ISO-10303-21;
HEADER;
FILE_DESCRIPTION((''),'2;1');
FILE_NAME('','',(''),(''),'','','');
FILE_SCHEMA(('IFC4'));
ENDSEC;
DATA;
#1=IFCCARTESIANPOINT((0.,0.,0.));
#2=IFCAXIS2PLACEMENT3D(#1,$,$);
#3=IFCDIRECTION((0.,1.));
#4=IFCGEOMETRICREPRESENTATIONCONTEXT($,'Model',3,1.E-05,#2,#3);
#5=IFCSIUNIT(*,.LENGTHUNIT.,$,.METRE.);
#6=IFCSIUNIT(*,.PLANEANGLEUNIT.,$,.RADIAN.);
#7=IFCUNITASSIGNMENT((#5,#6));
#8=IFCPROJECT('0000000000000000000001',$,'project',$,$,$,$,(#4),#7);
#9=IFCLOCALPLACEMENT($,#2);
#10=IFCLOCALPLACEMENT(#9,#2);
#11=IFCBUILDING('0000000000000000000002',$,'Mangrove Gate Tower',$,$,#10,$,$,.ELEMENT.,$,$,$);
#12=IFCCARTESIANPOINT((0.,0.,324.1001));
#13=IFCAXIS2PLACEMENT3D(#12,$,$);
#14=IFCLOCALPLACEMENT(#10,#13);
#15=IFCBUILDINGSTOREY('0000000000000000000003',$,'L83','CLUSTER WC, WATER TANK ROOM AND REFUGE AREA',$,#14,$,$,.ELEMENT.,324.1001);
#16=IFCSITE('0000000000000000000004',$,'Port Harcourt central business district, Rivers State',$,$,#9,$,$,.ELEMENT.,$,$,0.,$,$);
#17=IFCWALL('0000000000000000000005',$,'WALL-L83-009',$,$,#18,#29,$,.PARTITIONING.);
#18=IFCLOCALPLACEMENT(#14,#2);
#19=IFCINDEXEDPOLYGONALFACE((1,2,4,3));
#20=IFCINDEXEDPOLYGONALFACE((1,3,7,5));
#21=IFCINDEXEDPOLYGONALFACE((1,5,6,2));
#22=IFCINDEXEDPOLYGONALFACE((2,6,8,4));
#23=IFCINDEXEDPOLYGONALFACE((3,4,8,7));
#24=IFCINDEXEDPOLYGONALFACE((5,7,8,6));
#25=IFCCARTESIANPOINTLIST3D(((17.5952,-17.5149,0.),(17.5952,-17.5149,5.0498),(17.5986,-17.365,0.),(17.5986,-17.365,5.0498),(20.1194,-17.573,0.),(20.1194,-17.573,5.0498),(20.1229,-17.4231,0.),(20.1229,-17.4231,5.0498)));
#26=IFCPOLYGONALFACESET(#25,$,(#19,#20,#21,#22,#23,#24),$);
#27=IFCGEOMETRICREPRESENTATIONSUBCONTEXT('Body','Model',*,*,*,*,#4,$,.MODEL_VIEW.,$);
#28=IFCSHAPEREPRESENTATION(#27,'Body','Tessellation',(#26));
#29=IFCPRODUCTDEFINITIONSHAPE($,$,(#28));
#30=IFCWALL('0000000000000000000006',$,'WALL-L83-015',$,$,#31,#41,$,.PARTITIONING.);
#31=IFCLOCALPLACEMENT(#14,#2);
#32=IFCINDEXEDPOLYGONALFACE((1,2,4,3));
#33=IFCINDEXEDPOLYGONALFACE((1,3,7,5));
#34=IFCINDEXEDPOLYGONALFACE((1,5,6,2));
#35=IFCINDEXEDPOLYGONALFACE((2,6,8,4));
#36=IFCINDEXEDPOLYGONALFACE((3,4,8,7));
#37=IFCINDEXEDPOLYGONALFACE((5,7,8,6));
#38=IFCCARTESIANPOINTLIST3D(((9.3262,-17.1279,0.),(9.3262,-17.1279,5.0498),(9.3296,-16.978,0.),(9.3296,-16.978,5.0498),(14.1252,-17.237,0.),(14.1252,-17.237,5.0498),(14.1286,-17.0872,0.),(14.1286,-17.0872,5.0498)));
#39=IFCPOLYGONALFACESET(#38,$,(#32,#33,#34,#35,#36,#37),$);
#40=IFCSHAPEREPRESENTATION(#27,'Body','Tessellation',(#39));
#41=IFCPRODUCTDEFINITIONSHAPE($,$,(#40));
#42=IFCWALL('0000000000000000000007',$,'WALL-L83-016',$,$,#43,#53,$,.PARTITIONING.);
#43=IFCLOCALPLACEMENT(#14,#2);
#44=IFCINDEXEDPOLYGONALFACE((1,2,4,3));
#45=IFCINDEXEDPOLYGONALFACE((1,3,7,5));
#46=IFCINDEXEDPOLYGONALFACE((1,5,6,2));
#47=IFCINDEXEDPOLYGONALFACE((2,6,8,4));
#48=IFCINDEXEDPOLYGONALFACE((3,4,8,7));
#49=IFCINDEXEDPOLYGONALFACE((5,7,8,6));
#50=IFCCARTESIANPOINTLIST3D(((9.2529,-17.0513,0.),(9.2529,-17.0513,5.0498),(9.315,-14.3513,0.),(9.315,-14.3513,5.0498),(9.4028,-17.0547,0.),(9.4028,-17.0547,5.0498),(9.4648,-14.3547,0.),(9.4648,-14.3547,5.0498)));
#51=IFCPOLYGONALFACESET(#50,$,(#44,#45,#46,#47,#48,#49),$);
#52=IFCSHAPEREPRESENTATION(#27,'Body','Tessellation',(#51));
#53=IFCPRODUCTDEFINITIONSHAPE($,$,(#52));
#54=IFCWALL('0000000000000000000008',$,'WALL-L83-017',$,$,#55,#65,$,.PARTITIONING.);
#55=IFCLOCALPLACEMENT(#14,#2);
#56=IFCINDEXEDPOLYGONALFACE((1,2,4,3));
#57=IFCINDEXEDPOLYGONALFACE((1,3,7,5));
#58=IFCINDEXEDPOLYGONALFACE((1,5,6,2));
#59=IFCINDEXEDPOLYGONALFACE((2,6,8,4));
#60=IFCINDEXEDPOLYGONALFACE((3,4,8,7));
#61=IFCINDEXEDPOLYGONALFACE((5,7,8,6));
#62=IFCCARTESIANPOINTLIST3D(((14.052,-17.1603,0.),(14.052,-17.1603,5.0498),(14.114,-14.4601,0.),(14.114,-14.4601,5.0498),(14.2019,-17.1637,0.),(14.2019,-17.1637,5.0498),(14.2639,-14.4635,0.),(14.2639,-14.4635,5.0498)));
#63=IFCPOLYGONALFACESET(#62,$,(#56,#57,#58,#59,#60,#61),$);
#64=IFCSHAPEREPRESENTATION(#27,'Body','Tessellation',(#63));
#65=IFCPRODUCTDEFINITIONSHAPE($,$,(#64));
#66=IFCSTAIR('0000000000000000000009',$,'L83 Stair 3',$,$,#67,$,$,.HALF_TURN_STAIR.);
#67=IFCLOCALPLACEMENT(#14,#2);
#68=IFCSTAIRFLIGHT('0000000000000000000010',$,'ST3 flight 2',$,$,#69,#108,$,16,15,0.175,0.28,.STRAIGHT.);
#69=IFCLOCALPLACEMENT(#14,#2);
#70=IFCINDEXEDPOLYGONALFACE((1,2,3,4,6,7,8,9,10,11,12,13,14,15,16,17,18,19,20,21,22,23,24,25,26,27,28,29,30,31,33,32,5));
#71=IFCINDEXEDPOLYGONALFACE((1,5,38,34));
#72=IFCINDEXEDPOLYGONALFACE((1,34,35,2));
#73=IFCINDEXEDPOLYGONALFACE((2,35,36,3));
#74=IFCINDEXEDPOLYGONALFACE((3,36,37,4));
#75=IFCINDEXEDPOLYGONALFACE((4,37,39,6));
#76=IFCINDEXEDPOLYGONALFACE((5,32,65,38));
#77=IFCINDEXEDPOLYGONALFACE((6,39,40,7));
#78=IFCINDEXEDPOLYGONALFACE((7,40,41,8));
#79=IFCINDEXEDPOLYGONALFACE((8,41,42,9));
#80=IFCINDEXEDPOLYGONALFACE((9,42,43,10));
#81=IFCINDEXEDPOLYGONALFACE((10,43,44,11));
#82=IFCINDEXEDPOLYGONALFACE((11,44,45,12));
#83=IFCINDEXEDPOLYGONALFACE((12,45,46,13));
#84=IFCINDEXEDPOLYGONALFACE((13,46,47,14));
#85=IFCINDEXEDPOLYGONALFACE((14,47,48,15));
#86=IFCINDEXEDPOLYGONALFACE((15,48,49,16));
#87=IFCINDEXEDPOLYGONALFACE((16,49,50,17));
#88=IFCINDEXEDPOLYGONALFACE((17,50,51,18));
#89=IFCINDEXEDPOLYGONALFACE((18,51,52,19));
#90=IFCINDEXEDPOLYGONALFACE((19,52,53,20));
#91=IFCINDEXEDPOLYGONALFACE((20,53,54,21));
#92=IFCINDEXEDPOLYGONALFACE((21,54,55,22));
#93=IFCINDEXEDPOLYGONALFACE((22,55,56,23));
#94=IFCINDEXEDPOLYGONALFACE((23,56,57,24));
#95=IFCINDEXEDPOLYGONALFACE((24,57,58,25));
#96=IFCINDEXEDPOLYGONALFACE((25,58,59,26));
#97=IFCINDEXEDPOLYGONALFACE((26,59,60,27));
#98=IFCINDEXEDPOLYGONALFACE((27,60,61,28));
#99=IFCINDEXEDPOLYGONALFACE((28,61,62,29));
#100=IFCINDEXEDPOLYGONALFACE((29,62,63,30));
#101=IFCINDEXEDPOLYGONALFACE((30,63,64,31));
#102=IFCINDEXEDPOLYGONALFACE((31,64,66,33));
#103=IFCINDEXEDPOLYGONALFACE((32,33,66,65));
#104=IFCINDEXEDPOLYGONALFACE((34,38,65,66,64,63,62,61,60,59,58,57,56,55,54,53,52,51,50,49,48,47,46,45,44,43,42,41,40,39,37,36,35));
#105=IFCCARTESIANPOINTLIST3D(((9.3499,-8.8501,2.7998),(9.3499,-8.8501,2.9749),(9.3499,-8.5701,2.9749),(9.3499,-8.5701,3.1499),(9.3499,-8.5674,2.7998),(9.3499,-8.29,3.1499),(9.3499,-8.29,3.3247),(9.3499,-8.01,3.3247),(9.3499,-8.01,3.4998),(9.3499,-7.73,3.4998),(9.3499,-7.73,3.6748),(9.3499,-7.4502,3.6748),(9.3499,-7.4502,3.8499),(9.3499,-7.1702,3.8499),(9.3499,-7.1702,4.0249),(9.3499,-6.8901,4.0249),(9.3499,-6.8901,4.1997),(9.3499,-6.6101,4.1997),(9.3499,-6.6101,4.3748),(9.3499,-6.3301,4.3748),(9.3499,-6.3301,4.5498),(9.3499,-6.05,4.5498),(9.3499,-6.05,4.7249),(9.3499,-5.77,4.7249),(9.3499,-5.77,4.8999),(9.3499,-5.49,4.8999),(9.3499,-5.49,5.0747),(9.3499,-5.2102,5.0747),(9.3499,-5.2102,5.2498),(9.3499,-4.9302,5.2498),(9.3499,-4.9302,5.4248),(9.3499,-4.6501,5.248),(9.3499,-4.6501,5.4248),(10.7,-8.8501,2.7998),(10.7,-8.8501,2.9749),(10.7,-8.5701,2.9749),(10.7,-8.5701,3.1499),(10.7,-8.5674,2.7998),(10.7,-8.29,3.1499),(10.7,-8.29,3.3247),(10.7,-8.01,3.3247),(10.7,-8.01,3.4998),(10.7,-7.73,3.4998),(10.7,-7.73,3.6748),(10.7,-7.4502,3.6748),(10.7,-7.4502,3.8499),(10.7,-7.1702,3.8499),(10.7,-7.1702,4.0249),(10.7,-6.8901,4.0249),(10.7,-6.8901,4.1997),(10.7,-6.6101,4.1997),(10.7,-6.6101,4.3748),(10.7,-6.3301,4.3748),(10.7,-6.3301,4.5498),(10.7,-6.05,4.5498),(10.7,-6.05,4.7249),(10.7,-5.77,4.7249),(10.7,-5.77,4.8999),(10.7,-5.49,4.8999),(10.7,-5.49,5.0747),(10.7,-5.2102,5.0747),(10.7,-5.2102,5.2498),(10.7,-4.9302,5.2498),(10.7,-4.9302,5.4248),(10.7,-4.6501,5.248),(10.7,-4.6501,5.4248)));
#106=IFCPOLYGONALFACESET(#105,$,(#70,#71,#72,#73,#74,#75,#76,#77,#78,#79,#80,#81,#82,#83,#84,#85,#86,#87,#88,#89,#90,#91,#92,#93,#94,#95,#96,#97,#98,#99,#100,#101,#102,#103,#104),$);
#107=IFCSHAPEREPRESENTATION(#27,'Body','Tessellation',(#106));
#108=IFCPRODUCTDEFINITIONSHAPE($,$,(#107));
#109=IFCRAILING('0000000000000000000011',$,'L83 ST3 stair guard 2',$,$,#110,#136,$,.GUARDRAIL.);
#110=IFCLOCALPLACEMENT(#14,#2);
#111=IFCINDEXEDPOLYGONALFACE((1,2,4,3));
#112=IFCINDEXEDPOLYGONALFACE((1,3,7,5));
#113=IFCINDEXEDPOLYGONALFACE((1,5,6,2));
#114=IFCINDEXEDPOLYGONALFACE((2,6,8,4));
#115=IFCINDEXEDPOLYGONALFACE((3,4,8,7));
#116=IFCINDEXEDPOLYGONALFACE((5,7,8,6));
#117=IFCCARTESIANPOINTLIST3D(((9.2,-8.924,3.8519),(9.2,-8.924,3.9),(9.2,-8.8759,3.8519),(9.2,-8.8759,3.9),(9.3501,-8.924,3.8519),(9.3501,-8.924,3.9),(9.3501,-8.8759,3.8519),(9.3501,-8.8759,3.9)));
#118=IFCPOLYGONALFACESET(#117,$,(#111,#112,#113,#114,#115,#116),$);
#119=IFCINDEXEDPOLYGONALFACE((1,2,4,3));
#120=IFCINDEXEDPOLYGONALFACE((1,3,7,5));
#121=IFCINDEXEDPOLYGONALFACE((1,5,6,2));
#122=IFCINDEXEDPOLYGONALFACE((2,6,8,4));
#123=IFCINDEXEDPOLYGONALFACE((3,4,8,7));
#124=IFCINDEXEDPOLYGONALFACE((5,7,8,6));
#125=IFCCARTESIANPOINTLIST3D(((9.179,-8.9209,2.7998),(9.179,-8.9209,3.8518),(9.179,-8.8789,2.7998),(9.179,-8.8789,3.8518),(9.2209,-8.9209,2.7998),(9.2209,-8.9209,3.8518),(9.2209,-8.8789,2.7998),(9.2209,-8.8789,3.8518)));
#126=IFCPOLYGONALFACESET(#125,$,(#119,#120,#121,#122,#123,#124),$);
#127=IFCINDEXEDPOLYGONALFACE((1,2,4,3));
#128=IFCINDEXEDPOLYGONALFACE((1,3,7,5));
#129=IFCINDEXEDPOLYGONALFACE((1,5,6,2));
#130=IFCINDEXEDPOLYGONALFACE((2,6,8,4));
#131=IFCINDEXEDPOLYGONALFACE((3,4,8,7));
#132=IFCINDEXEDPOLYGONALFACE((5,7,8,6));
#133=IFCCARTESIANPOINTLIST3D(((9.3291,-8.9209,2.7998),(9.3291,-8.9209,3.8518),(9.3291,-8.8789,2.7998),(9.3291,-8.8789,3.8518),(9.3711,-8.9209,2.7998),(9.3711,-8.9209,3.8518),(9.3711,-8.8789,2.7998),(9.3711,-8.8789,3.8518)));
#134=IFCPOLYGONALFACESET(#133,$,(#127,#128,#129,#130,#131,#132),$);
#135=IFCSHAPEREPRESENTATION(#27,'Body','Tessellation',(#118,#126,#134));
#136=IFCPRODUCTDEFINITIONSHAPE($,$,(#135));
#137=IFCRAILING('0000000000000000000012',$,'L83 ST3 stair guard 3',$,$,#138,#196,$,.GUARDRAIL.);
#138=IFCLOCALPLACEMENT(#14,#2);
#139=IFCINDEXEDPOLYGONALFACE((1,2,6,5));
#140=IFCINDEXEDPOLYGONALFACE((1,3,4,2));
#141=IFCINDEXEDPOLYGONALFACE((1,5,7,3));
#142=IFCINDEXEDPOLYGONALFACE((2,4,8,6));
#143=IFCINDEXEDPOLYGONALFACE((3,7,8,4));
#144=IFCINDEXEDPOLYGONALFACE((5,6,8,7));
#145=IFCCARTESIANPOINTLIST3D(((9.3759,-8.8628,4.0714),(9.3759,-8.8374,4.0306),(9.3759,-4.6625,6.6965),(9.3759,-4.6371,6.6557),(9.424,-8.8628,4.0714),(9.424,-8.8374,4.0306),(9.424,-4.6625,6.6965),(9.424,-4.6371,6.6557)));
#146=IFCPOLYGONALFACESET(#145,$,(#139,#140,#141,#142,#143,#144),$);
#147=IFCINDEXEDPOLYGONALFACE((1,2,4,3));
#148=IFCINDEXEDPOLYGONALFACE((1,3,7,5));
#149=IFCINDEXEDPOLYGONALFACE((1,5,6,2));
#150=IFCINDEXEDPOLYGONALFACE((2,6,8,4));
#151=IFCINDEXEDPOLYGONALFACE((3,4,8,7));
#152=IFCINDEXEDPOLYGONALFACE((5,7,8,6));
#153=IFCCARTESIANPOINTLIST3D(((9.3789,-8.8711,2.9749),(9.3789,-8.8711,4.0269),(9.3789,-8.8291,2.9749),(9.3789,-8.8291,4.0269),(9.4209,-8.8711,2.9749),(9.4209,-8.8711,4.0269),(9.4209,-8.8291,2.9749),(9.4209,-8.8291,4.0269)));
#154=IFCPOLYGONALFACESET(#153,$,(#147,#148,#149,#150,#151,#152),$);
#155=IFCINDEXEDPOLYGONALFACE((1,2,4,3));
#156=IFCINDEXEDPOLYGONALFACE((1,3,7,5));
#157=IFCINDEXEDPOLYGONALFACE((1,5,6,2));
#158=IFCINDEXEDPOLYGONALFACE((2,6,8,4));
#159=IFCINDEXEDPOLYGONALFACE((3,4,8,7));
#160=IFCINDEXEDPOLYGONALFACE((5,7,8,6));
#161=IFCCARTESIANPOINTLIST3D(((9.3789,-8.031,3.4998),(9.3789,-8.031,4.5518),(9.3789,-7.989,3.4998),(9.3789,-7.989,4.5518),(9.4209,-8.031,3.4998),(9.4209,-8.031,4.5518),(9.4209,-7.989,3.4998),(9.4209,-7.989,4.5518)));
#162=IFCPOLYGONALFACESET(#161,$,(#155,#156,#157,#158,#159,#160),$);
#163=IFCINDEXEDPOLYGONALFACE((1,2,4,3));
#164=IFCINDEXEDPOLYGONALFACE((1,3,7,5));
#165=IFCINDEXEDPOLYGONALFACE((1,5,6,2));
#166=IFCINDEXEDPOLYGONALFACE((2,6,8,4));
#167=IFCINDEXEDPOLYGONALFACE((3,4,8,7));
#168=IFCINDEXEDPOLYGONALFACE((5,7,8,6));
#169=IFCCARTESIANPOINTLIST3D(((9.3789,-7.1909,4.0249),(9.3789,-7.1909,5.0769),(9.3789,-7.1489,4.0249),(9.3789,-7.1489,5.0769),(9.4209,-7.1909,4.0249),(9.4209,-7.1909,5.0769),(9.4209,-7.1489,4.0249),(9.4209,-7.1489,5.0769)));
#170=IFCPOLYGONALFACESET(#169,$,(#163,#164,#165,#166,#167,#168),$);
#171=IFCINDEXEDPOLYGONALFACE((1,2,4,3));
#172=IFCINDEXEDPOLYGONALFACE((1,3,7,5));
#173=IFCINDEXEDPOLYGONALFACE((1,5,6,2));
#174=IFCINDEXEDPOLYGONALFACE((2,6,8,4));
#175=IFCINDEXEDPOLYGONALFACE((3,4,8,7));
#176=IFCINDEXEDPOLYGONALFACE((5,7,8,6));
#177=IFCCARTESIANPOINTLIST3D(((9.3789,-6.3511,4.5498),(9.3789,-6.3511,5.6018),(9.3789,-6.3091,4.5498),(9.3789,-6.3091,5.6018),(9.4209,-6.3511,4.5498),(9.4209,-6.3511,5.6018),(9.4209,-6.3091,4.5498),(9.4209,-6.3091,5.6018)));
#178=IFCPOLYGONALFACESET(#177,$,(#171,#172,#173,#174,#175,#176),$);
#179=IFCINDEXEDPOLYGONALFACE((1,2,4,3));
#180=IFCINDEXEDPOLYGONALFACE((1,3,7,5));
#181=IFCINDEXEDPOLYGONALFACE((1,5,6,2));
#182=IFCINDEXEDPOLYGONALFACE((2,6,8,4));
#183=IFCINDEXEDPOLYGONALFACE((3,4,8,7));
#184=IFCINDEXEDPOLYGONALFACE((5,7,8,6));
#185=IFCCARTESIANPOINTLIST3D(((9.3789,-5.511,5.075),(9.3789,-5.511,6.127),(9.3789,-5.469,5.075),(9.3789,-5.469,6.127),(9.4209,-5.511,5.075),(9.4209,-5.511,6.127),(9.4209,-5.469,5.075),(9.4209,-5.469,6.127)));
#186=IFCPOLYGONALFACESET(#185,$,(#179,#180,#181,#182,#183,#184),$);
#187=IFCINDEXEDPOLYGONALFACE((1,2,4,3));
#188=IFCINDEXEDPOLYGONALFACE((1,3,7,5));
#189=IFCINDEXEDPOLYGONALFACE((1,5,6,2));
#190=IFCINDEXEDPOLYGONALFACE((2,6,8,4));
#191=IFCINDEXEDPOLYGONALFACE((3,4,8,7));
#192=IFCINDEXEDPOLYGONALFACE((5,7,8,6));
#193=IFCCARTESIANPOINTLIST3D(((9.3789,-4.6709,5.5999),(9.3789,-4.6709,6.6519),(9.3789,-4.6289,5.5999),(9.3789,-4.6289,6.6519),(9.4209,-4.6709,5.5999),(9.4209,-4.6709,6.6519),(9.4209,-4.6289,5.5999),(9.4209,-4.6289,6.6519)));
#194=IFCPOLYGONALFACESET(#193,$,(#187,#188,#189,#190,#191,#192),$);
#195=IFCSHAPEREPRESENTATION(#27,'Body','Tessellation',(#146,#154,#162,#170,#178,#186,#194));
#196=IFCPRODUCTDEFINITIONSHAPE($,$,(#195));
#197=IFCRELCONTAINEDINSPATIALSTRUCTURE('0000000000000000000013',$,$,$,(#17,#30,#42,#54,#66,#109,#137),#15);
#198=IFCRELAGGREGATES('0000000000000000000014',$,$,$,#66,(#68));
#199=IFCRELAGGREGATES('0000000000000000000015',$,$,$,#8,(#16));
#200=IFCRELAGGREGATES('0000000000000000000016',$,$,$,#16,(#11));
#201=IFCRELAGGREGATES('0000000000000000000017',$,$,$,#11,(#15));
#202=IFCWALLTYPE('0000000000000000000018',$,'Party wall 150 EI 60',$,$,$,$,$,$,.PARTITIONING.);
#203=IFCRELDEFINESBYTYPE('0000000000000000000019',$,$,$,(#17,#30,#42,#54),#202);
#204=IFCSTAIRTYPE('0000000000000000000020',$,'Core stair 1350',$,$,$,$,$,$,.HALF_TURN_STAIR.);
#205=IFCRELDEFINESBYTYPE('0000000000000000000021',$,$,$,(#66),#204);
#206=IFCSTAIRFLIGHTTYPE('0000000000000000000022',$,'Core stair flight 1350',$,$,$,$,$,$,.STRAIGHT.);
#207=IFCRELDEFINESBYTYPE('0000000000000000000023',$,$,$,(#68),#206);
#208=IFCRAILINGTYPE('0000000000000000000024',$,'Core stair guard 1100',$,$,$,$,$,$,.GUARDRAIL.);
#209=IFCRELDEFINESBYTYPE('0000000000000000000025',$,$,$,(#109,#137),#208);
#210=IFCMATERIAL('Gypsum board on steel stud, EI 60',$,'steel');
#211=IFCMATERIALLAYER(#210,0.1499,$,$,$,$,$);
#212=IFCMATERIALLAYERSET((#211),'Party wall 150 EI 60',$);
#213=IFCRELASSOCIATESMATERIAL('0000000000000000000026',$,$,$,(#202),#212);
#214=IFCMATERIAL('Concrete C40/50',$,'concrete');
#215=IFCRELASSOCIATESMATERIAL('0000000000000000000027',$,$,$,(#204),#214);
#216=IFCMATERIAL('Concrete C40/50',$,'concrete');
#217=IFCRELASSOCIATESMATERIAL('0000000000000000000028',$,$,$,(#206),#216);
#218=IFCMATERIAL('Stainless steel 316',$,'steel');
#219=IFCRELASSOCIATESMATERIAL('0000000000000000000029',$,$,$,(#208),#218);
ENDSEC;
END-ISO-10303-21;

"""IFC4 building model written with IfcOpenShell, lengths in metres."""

from ifc_helpers import new_model, si_unit, direction, frame, frame_2d, origin, origin_2d, place, context, subcontext, project, spatial, polyline, rectangle, outline, extrude, material, layer, layer_set, type_object, element, aggregate, save


model = new_model("IFC4")

# Units and contexts
model_context = context("Model", 3, precision=1e-05, world=origin(), true_north=direction((0.0, 1.0)))
body_context = subcontext(model_context, "Body", "Model", "MODEL_VIEW")
ifc_project = project(units=[si_unit("LENGTHUNIT", "METRE"), si_unit("PLANEANGLEUNIT", "RADIAN")], contexts=[model_context])

# Site, building, storey
site_placement = place(None, origin())
site = spatial("IfcSite", under=ifc_project, at=site_placement, Name="Port Harcourt central business district, Rivers State", CompositionType="ELEMENT", RefElevation=0.0)
building_placement = place(site_placement, origin())
building = spatial("IfcBuilding", under=site, at=building_placement, Name="Mangrove Gate Tower", CompositionType="ELEMENT")
storey_placement = place(building_placement, frame((0.0, 0.0, 324.1001)))
storey = spatial("IfcBuildingStorey", under=building, at=storey_placement, Name="L83", Description="CLUSTER WC, WATER TANK ROOM AND REFUGE AREA", CompositionType="ELEMENT", Elevation=324.1001)

# Walls
ifc_material_1 = material(Name="Gypsum board on steel stud, EI 60", Category="steel")
ifc_layer_1 = layer(ifc_material_1, 0.1499)
ifc_layer_set_1 = layer_set([ifc_layer_1], Name="Party wall 150 EI 60")
wall_type_1 = type_object("IfcWallType", Name="Party wall 150 EI 60", PredefinedType="PARTITIONING", material=ifc_layer_set_1)
wall_1_placement = place(storey_placement, frame((17.5969, -17.4399, 0.0), z_axis=(0.0, 0.0, 1.0), x_axis=(0.999735, -0.023014, 0.0)))
element("IfcWall", 1, at=wall_1_placement, inside=storey, type_object=wall_type_1, Name="WALL-L83-009", PredefinedType="PARTITIONING", context=body_context, shape_type="SweptSolid", body=[
    extrude(rectangle(XDim=2.5249, YDim=0.1499, at=frame_2d((1.2625, 0.0))), origin(), (0.0, 0.0, 1.0), 5.0498),
])
wall_2_placement = place(storey_placement, frame((9.3279, -17.053, 0.0), z_axis=(0.0, 0.0, 1.0), x_axis=(0.999742, -0.022734, 0.0)))
element("IfcWall", 2, at=wall_2_placement, inside=storey, type_object=wall_type_1, Name="WALL-L83-015", PredefinedType="PARTITIONING", context=body_context, shape_type="SweptSolid", body=[
    extrude(rectangle(XDim=4.8003, YDim=0.1499, at=frame_2d((2.4001, 0.0))), origin(), (0.0, 0.0, 1.0), 5.0498),
])
wall_3_placement = place(storey_placement, frame((9.3279, -17.053, 0.0), z_axis=(0.0, 0.0, 1.0), x_axis=(0.022962, 0.999736, 0.0)))
element("IfcWall", 3, at=wall_3_placement, inside=storey, type_object=wall_type_1, Name="WALL-L83-016", PredefinedType="PARTITIONING", context=body_context, shape_type="SweptSolid", body=[
    extrude(rectangle(XDim=2.7007, YDim=0.1499, at=frame_2d((1.3503, 0.0))), origin(), (0.0, 0.0, 1.0), 5.0498),
])
wall_4_placement = place(storey_placement, frame((14.127, -17.1621, 0.0), z_axis=(0.0, 0.0, 1.0), x_axis=(0.02296, 0.999736, 0.0)))
element("IfcWall", 4, at=wall_4_placement, inside=storey, type_object=wall_type_1, Name="WALL-L83-017", PredefinedType="PARTITIONING", context=body_context, shape_type="SweptSolid", body=[
    extrude(rectangle(XDim=2.7009, YDim=0.1499, at=frame_2d((1.3506, 0.0))), origin(), (0.0, 0.0, 1.0), 5.0498),
])

# Stair, stair flight
ifc_material_2 = material(Name="Concrete C40/50", Category="concrete")
stair_type = type_object("IfcStairType", Name="Core stair 1350", PredefinedType="HALF_TURN_STAIR", material=ifc_material_2)
stair_placement = place(storey_placement, origin())
stair = element("IfcStair", 5, at=stair_placement, inside=storey, type_object=stair_type, Name="L83 Stair 3", PredefinedType="HALF_TURN_STAIR")
ifc_material_3 = material(Name="Concrete C40/50", Category="concrete")
stair_flight_type = type_object("IfcStairFlightType", Name="Core stair flight 1350", PredefinedType="STRAIGHT", material=ifc_material_3)
stair_flight_placement = place(storey_placement, frame((10.0249, -8.8501, 2.7998), z_axis=(0.0, 0.0, 1.0), x_axis=(0.0, 1.0, 0.0)))
stair_flight = element("IfcStairFlight", 6, at=stair_flight_placement, type_object=stair_flight_type, Name="ST3 flight 2", NumberOfRisers=16, NumberOfTreads=15, PredefinedType="STRAIGHT", RiserHeight=0.175, TreadLength=0.28, context=body_context, shape_type="SweptSolid", body=[
    extrude(outline(polyline([(0.0, 0.0), (0.0, 0.175), (0.28, 0.175), (0.28, 0.3501), (0.5601, 0.3501), (0.5601, 0.5249), (0.8401, 0.5249), (0.8401, 0.7), (1.1201, 0.7), (1.1201, 0.875), (1.3999, 0.875), (1.3999, 1.05), (1.6799, 1.05), (1.6799, 1.2251), (1.96, 1.2251), (1.96, 1.3999), (2.24, 1.3999), (2.24, 1.575), (2.52, 1.575), (2.52, 1.75), (2.8, 1.75), (2.8, 1.925), (3.0801, 1.925), (3.0801, 2.1001), (3.3601, 2.1001), (3.3601, 2.2749), (3.6399, 2.2749), (3.6399, 2.45), (3.9199, 2.45), (3.9199, 2.625), (4.2, 2.625), (4.2, 2.8), (4.2, 2.4482), (0.2827, 0.0), (0.0, 0.0)])), frame((0.0, 0.675, 0.0), z_axis=(0.0, -1.0, 0.0), x_axis=(1.0, 0.0, 0.0)), (0.0, 0.0, 1.0), 1.3501),
])
aggregate(stair, [stair_flight])

# Railings
ifc_material_4 = material(Name="Stainless steel 316", Category="steel")
railing_type_1 = type_object("IfcRailingType", Name="Core stair guard 1100", PredefinedType="GUARDRAIL", material=ifc_material_4)
railing_1_placement = place(storey_placement, frame((9.2, -8.8999, 2.7998)))
element("IfcRailing", 7, at=railing_1_placement, inside=storey, type_object=railing_type_1, Name="L83 ST3 stair guard 2", PredefinedType="GUARDRAIL", context=body_context, shape_type="SweptSolid", body=[
    extrude(rectangle(XDim=0.0481, YDim=0.0481, at=origin_2d()), frame((0.0, 0.0, 1.0762), z_axis=(1.0, 0.0, 0.0), x_axis=(0.0, 1.0, 0.0)), (0.0, 0.0, 1.0), 0.1501),
    extrude(rectangle(XDim=0.042, YDim=0.042, at=origin_2d()), origin(), (0.0, 0.0, 1.0), 1.052),
    extrude(rectangle(XDim=0.042, YDim=0.042, at=origin_2d()), frame((0.1501, 0.0, 0.0)), (0.0, 0.0, 1.0), 1.052),
])
railing_2_placement = place(storey_placement, frame((9.3999, -8.8501, 2.9749)))
element("IfcRailing", 8, at=railing_2_placement, inside=storey, type_object=railing_type_1, Name="L83 ST3 stair guard 3", PredefinedType="GUARDRAIL", context=body_context, shape_type="SweptSolid", body=[
    extrude(rectangle(XDim=0.0481, YDim=0.0481, at=origin_2d()), frame((0.0, 0.0, 1.0762), z_axis=(0.0, 0.848009, 0.529981), x_axis=(-1.0, 0.0, 0.0)), (0.0, 0.0, 1.0), 4.9531),
    extrude(rectangle(XDim=0.042, YDim=0.042, at=origin_2d()), origin(), (0.0, 0.0, 1.0), 1.052),
    extrude(rectangle(XDim=0.042, YDim=0.042, at=origin_2d()), frame((0.0, 0.8401, 0.5249)), (0.0, 0.0, 1.0), 1.052),
    extrude(rectangle(XDim=0.042, YDim=0.042, at=origin_2d()), frame((0.0, 1.6802, 1.05)), (0.0, 0.0, 1.0), 1.052),
    extrude(rectangle(XDim=0.042, YDim=0.042, at=origin_2d()), frame((0.0, 2.52, 1.575)), (0.0, 0.0, 1.0), 1.052),
    extrude(rectangle(XDim=0.042, YDim=0.042, at=origin_2d()), frame((0.0, 3.3601, 2.1001)), (0.0, 0.0, 1.0), 1.052),
    extrude(rectangle(XDim=0.042, YDim=0.042, at=origin_2d()), frame((0.0, 4.2002, 2.625)), (0.0, 0.0, 1.0), 1.052),
])

save(model, "model.ifc")
